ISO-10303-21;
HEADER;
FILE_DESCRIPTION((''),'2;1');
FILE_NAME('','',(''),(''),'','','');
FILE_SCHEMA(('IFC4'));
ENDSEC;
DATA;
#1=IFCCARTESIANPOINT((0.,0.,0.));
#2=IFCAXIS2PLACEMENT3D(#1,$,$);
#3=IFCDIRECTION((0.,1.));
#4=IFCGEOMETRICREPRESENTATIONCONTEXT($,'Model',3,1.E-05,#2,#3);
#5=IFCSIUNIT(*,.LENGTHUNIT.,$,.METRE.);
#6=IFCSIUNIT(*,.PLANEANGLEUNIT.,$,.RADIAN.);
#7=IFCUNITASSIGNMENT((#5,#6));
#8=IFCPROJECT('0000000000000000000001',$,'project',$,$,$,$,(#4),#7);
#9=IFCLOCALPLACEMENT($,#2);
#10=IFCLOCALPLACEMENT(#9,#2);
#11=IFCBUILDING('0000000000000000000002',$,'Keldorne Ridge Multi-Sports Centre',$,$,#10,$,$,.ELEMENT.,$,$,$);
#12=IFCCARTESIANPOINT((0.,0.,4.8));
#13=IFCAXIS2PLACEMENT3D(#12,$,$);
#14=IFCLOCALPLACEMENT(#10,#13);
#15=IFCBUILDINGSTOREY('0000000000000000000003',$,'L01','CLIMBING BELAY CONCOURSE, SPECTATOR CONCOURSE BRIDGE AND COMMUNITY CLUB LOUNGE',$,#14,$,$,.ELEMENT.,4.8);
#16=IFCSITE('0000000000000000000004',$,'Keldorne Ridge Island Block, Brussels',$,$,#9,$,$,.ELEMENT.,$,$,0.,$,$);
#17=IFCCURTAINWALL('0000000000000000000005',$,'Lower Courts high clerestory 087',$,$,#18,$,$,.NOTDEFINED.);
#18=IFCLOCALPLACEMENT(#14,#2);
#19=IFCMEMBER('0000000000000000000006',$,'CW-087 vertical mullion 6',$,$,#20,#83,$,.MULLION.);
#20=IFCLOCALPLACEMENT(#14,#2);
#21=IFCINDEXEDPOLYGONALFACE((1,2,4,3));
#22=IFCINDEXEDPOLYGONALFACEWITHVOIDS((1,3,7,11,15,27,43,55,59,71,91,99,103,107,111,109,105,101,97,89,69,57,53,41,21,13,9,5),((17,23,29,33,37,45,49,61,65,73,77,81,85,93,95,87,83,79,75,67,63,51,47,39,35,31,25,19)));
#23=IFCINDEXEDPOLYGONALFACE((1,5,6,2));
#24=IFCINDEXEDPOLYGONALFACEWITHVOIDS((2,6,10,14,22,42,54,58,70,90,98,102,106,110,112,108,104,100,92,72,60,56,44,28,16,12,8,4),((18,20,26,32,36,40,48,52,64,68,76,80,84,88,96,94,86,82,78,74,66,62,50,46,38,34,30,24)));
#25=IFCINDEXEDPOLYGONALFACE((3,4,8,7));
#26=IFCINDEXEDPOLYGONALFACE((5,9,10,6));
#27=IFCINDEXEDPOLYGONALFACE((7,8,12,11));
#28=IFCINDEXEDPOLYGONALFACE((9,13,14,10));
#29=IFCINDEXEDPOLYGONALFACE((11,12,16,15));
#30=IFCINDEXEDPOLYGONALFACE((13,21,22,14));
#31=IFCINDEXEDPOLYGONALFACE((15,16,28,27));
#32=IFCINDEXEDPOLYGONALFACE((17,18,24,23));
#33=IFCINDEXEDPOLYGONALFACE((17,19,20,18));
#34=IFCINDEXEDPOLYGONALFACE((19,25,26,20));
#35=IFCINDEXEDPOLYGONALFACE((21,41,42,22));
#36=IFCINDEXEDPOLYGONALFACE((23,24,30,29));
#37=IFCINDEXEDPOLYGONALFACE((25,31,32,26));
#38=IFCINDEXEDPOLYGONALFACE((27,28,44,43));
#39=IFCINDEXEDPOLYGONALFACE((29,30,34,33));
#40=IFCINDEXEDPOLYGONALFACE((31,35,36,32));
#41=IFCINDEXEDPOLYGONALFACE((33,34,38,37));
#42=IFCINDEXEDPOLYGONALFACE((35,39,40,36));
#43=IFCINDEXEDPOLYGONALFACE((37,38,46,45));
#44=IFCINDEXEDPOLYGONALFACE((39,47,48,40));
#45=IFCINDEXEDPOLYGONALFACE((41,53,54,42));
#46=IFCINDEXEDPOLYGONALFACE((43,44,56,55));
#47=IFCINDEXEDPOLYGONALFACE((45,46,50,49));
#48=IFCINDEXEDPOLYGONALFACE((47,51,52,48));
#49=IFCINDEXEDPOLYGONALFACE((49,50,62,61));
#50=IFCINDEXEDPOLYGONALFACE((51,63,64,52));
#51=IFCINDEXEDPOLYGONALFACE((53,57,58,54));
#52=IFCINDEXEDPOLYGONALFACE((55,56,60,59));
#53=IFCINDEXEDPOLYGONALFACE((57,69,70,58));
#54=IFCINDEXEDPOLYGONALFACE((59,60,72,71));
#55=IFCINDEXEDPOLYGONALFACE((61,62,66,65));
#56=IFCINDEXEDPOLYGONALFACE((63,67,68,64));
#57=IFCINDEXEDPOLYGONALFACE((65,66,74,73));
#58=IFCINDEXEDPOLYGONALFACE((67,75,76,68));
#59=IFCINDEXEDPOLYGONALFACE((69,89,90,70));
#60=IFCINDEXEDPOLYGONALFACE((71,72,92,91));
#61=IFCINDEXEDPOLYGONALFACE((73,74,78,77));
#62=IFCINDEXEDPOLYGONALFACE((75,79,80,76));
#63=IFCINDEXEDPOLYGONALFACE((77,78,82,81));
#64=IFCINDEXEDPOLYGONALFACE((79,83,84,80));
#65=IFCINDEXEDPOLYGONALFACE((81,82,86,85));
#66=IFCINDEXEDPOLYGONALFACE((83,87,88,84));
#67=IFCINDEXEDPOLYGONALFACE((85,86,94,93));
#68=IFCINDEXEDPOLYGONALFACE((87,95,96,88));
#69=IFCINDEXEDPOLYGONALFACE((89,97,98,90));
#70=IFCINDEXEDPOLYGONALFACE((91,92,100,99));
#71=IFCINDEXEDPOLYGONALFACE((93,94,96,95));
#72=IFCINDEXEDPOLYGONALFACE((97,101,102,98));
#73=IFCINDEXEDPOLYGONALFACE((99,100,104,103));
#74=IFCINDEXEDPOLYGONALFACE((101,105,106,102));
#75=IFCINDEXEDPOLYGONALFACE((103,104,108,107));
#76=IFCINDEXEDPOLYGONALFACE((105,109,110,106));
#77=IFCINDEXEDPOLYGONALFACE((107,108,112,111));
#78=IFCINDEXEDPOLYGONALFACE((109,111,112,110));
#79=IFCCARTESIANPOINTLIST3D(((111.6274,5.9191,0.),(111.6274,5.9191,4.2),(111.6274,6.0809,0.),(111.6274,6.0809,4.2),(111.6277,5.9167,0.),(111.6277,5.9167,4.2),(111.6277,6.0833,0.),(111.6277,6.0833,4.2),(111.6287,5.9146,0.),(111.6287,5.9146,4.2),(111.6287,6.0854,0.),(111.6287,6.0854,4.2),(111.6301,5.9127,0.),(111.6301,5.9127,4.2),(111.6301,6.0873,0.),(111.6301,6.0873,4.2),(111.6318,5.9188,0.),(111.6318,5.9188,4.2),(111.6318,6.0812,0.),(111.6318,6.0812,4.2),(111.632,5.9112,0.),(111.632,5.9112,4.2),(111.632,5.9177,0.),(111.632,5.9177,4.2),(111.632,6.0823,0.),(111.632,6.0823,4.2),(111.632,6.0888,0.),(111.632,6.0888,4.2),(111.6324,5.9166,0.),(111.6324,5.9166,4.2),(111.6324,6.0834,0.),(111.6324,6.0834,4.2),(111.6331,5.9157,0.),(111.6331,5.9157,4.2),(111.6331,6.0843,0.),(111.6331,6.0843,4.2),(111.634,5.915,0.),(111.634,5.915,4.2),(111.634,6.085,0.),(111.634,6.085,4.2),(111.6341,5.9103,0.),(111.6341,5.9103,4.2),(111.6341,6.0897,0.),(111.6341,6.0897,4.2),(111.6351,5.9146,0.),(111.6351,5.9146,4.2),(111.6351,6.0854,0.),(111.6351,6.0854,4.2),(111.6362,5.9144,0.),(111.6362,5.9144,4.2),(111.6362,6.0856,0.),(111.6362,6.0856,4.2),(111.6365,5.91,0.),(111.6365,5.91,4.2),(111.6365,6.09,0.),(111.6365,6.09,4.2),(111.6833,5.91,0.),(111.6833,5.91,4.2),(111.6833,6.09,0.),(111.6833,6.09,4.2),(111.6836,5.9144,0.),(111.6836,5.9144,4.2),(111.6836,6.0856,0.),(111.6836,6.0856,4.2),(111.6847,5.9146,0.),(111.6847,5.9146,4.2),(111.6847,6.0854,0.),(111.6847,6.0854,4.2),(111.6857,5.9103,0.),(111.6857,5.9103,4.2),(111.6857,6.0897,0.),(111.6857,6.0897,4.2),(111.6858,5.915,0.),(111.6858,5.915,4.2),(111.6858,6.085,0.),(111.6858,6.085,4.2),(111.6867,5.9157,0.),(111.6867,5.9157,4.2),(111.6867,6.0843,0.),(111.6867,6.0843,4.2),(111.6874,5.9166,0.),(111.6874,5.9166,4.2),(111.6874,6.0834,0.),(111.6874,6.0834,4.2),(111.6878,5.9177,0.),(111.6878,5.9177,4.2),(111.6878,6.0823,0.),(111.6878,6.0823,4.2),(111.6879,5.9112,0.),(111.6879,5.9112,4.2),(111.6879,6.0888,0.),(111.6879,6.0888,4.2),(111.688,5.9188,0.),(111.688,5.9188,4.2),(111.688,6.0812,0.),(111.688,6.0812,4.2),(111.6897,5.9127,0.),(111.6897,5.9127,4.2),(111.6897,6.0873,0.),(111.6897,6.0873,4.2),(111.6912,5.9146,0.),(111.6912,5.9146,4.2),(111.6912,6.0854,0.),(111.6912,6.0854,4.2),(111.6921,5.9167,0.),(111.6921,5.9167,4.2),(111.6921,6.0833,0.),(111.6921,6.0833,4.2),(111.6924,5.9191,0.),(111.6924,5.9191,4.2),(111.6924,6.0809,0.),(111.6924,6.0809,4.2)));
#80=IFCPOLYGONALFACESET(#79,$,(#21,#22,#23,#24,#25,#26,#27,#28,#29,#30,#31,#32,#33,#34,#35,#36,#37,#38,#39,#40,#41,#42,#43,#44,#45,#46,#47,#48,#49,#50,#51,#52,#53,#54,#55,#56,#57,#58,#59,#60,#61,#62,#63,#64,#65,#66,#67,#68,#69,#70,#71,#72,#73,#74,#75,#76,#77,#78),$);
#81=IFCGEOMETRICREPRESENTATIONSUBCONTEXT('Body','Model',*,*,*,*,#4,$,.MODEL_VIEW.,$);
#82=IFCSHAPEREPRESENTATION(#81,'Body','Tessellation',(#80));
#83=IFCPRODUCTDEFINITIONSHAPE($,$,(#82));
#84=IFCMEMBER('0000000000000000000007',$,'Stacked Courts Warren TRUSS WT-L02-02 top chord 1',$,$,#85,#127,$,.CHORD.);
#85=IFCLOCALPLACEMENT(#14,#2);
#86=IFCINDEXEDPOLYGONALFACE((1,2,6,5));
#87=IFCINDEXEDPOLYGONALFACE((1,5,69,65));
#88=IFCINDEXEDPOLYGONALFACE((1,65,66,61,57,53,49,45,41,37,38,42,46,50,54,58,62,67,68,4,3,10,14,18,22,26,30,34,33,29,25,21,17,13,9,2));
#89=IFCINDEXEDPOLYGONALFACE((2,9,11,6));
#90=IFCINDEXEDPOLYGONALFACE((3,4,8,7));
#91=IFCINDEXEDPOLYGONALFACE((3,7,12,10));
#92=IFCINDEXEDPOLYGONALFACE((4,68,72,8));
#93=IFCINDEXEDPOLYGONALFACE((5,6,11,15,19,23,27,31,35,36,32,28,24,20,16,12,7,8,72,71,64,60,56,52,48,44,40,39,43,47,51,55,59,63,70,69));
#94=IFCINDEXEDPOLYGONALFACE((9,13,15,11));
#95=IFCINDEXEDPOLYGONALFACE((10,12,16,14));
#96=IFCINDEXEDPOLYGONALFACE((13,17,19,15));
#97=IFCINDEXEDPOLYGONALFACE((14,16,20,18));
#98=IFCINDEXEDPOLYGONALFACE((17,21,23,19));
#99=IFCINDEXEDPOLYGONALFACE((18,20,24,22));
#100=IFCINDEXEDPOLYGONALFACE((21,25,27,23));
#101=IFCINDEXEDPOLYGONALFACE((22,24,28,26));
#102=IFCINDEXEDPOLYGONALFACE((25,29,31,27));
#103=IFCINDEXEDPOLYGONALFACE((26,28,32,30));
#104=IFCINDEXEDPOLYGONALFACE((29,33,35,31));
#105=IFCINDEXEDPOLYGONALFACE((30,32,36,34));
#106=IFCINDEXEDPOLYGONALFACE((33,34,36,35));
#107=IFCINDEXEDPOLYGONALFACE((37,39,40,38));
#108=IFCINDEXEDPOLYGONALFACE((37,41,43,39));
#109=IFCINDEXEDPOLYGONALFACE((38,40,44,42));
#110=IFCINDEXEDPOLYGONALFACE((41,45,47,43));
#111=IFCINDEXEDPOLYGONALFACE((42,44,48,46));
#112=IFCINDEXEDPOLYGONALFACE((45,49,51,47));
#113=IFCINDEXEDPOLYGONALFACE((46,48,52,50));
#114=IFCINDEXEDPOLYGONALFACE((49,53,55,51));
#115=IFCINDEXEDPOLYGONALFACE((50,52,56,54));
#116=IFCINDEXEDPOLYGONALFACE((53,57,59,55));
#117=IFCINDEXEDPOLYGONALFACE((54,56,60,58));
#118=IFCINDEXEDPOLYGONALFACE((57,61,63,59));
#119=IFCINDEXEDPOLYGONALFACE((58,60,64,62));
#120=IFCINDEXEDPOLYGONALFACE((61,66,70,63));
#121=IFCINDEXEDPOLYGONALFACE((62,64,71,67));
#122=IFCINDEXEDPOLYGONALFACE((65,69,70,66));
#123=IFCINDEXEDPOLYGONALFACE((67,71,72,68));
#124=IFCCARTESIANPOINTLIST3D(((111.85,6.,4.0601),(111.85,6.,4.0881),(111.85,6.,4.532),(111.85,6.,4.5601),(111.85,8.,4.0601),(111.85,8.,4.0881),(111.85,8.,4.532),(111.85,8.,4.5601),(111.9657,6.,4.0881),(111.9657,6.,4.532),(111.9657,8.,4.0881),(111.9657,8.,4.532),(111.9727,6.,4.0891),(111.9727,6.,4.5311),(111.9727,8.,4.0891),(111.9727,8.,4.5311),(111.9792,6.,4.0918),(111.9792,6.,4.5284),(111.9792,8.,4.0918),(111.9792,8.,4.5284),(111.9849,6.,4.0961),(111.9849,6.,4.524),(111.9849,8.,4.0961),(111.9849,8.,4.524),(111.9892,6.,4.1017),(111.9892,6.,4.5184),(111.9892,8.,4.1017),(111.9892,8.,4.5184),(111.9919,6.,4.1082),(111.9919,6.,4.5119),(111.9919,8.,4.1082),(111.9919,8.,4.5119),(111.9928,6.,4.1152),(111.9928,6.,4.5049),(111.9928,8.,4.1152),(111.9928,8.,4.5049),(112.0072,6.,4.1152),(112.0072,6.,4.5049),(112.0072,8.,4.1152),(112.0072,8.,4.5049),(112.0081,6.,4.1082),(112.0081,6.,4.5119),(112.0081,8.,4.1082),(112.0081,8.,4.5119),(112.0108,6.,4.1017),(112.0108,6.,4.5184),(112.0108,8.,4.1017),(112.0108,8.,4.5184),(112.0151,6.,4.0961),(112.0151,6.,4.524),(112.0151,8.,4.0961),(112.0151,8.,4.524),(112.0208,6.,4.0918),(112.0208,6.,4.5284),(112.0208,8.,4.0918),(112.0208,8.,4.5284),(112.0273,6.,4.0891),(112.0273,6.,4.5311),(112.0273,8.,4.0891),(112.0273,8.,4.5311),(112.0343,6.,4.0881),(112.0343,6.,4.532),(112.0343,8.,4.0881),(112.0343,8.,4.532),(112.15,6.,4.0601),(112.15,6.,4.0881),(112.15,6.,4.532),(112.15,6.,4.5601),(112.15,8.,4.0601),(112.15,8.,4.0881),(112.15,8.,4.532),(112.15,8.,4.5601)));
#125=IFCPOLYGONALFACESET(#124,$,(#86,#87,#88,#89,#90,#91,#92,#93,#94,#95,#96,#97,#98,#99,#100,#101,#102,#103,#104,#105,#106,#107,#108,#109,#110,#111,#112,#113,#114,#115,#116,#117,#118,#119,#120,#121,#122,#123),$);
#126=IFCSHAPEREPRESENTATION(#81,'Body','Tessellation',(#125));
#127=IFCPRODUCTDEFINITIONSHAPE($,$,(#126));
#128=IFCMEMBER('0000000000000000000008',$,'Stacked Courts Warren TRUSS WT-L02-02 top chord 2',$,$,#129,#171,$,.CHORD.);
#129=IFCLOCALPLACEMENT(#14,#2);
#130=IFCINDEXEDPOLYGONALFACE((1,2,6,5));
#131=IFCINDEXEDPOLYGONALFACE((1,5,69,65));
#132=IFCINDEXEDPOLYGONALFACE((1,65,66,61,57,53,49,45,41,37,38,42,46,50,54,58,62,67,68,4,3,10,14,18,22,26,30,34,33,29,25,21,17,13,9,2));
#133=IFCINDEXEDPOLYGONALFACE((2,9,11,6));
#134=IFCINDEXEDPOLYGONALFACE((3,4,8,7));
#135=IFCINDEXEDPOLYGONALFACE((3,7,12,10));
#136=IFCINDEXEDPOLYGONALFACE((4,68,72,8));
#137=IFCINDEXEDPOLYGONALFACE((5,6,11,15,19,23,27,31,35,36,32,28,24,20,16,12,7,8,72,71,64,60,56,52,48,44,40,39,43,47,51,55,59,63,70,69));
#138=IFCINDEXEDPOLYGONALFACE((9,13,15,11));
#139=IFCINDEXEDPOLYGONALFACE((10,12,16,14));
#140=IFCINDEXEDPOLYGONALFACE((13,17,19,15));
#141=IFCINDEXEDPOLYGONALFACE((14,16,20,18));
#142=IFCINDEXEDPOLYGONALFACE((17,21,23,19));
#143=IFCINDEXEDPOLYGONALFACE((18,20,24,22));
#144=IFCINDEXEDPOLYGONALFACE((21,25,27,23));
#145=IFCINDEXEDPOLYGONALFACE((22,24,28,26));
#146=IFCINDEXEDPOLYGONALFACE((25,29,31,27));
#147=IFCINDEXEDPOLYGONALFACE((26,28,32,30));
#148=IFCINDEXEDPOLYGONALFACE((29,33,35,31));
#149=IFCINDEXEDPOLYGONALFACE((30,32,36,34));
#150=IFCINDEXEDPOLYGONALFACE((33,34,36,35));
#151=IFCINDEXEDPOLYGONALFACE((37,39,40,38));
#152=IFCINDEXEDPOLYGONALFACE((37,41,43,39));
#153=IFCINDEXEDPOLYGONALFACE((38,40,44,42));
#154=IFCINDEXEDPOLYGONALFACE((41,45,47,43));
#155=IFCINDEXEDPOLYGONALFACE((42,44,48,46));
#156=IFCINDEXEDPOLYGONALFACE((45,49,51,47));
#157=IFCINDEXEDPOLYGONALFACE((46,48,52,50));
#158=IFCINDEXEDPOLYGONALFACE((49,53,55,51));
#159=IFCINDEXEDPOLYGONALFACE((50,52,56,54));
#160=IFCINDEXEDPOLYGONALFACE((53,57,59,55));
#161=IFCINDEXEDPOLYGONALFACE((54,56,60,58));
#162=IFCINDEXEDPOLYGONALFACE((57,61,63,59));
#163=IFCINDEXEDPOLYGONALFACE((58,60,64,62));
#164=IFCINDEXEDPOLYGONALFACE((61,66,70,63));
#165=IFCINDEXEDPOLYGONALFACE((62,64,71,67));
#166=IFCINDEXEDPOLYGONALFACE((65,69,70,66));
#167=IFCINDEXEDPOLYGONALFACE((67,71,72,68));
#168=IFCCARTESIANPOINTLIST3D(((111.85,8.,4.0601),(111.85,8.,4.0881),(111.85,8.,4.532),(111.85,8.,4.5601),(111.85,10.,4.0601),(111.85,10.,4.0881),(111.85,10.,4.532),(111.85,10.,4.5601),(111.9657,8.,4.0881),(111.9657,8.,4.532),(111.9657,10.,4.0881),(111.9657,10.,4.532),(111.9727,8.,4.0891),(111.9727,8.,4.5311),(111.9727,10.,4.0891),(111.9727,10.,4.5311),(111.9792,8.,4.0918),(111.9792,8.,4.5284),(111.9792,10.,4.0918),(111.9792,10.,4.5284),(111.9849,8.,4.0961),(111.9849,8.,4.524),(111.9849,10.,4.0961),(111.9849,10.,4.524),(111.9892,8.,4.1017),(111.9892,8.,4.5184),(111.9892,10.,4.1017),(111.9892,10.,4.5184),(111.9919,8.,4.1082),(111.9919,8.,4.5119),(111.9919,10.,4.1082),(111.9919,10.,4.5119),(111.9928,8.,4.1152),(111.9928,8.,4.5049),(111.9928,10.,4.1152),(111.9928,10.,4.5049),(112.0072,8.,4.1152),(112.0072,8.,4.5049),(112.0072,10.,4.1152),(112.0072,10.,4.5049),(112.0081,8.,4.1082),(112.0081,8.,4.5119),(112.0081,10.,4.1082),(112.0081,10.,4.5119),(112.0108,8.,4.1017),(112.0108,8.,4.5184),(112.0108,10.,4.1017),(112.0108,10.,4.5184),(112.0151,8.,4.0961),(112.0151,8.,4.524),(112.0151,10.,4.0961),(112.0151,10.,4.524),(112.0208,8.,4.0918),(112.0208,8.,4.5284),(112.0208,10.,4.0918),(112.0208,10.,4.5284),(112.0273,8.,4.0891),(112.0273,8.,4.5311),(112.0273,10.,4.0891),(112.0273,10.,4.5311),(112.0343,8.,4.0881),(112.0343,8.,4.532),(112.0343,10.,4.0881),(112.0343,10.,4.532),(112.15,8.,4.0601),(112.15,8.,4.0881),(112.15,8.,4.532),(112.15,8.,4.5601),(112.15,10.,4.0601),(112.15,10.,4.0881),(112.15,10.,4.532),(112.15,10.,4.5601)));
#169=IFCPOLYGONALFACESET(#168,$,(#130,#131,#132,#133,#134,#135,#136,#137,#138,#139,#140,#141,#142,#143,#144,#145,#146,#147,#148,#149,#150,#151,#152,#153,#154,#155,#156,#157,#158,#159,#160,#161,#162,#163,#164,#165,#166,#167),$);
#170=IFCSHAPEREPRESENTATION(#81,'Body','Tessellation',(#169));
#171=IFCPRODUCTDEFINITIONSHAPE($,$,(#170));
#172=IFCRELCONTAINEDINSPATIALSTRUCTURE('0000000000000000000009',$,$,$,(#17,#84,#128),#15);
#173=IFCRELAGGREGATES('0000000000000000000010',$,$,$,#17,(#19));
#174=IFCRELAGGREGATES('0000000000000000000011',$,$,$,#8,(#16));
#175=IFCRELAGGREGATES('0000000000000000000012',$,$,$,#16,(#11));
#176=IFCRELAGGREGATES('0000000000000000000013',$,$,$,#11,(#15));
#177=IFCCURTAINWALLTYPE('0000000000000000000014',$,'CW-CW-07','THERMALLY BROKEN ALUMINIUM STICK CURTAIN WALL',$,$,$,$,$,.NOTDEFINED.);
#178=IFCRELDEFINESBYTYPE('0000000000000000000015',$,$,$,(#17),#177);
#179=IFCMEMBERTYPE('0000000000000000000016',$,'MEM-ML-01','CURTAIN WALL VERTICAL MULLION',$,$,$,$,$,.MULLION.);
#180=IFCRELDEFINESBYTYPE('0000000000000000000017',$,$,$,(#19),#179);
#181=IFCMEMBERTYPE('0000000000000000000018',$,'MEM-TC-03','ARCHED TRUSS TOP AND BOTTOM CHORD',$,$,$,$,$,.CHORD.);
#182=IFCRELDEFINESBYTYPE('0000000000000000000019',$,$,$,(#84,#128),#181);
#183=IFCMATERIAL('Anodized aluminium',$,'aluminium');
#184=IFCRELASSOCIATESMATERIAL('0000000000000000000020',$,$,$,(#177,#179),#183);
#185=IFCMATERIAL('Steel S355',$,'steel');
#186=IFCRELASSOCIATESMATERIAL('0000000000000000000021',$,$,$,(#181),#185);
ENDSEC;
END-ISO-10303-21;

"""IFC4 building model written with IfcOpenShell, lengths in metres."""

from ifc_helpers import new_model, si_unit, direction, frame, origin, origin_2d, place, context, subcontext, project, spatial, hollow_rectangle, i_section, extrude, material, material_profile, profile_set, type_object, element, aggregate, save


model = new_model("IFC4")

# Units and contexts
model_context = context("Model", 3, precision=1e-05, world=origin(), true_north=direction((0.0, 1.0)))
body_context = subcontext(model_context, "Body", "Model", "MODEL_VIEW")
ifc_project = project(units=[si_unit("LENGTHUNIT", "METRE"), si_unit("PLANEANGLEUNIT", "RADIAN")], contexts=[model_context])

# Site, building, storey
site_placement = place(None, origin())
site = spatial("IfcSite", under=ifc_project, at=site_placement, Name="Keldorne Ridge Island Block, Brussels", CompositionType="ELEMENT", RefElevation=0.0)
building_placement = place(site_placement, origin())
building = spatial("IfcBuilding", under=site, at=building_placement, Name="Keldorne Ridge Multi-Sports Centre", CompositionType="ELEMENT")
storey_placement = place(building_placement, frame((0.0, 0.0, 4.8)))
storey = spatial("IfcBuildingStorey", under=building, at=storey_placement, Name="L01", Description="CLIMBING BELAY CONCOURSE, SPECTATOR CONCOURSE BRIDGE AND COMMUNITY CLUB LOUNGE", CompositionType="ELEMENT", Elevation=4.8)

# Shared definitions
ifc_material_1 = material(Name="Steel S355", Category="steel")

# Curtain wall, member
ifc_material_2 = material(Name="Anodized aluminium", Category="aluminium")
curtain_wall_type = type_object("IfcCurtainWallType", Name="CW-CW-07", Description="THERMALLY BROKEN ALUMINIUM STICK CURTAIN WALL", PredefinedType="NOTDEFINED", material=ifc_material_2)
curtain_wall_placement = place(storey_placement, origin())
curtain_wall = element("IfcCurtainWall", 1, at=curtain_wall_placement, inside=storey, type_object=curtain_wall_type, Name="Lower Courts high clerestory 087", PredefinedType="NOTDEFINED")
ifc_material_profile_1 = material_profile(ifc_material_2, hollow_rectangle(XDim=0.0649, YDim=0.1799, WallThickness=0.0044, InnerFilletRadius=0.0044, OuterFilletRadius=0.009, at=origin_2d()), Name="ALU MULLION 180x65x4.5")
ifc_profile_set_1 = profile_set([ifc_material_profile_1], Name="Anodized aluminium")
member_type_1 = type_object("IfcMemberType", Name="MEM-ML-01", Description="CURTAIN WALL VERTICAL MULLION", PredefinedType="MULLION", material=ifc_profile_set_1)
member_1_placement = place(storey_placement, frame((111.6599, 6.0, 0.0), z_axis=(0.0, 0.0, 1.0), x_axis=(1.0, 0.0, 0.0)))
member_1 = element("IfcMember", 2, at=member_1_placement, type_object=member_type_1, Name="CW-087 vertical mullion 6", PredefinedType="MULLION", context=body_context, shape_type="SweptSolid", body=[
    extrude(hollow_rectangle(XDim=0.0649, YDim=0.1799, WallThickness=0.0044, InnerFilletRadius=0.0044, OuterFilletRadius=0.009, at=origin_2d()), origin(), (0.0, 0.0, 1.0), 4.2),
])

# Members
ifc_material_profile_2 = material_profile(ifc_material_1, i_section(OverallWidth=0.3, OverallDepth=0.5, WebThickness=0.0144, FlangeThickness=0.0281, FilletRadius=0.0271, at=origin_2d()), Name="HEB 500")
ifc_profile_set_2 = profile_set([ifc_material_profile_2], Name="Steel S355")
member_type_2 = type_object("IfcMemberType", Name="MEM-TC-03", Description="ARCHED TRUSS TOP AND BOTTOM CHORD", PredefinedType="CHORD", material=ifc_profile_set_2)
for number, where, z_axis, x_axis, name in (
    (3, (112.0, 6.0, 4.3101), (0.0, 1.0, 0.0), (-1.0, 0.0, 0.0), "Stacked Courts Warren TRUSS WT-L02-02 top chord 1"),
    (4, (112.0, 8.0, 4.3101), (0.0, 1.0, 0.0), (-1.0, 0.0, 0.0), "Stacked Courts Warren TRUSS WT-L02-02 top chord 2"),
):
    element("IfcMember", number, at=place(storey_placement, frame(where, z_axis=z_axis, x_axis=x_axis)), inside=storey, type_object=member_type_2, Name=name, PredefinedType="CHORD", context=body_context, shape_type="SweptSolid", body=[
        extrude(i_section(OverallWidth=0.3, OverallDepth=0.5, WebThickness=0.0144, FlangeThickness=0.0281, FilletRadius=0.0271, at=origin_2d()), origin(), (0.0, 0.0, 1.0), 2.0),
    ])

aggregate(curtain_wall, [member_1])

save(model, "model.ifc")
